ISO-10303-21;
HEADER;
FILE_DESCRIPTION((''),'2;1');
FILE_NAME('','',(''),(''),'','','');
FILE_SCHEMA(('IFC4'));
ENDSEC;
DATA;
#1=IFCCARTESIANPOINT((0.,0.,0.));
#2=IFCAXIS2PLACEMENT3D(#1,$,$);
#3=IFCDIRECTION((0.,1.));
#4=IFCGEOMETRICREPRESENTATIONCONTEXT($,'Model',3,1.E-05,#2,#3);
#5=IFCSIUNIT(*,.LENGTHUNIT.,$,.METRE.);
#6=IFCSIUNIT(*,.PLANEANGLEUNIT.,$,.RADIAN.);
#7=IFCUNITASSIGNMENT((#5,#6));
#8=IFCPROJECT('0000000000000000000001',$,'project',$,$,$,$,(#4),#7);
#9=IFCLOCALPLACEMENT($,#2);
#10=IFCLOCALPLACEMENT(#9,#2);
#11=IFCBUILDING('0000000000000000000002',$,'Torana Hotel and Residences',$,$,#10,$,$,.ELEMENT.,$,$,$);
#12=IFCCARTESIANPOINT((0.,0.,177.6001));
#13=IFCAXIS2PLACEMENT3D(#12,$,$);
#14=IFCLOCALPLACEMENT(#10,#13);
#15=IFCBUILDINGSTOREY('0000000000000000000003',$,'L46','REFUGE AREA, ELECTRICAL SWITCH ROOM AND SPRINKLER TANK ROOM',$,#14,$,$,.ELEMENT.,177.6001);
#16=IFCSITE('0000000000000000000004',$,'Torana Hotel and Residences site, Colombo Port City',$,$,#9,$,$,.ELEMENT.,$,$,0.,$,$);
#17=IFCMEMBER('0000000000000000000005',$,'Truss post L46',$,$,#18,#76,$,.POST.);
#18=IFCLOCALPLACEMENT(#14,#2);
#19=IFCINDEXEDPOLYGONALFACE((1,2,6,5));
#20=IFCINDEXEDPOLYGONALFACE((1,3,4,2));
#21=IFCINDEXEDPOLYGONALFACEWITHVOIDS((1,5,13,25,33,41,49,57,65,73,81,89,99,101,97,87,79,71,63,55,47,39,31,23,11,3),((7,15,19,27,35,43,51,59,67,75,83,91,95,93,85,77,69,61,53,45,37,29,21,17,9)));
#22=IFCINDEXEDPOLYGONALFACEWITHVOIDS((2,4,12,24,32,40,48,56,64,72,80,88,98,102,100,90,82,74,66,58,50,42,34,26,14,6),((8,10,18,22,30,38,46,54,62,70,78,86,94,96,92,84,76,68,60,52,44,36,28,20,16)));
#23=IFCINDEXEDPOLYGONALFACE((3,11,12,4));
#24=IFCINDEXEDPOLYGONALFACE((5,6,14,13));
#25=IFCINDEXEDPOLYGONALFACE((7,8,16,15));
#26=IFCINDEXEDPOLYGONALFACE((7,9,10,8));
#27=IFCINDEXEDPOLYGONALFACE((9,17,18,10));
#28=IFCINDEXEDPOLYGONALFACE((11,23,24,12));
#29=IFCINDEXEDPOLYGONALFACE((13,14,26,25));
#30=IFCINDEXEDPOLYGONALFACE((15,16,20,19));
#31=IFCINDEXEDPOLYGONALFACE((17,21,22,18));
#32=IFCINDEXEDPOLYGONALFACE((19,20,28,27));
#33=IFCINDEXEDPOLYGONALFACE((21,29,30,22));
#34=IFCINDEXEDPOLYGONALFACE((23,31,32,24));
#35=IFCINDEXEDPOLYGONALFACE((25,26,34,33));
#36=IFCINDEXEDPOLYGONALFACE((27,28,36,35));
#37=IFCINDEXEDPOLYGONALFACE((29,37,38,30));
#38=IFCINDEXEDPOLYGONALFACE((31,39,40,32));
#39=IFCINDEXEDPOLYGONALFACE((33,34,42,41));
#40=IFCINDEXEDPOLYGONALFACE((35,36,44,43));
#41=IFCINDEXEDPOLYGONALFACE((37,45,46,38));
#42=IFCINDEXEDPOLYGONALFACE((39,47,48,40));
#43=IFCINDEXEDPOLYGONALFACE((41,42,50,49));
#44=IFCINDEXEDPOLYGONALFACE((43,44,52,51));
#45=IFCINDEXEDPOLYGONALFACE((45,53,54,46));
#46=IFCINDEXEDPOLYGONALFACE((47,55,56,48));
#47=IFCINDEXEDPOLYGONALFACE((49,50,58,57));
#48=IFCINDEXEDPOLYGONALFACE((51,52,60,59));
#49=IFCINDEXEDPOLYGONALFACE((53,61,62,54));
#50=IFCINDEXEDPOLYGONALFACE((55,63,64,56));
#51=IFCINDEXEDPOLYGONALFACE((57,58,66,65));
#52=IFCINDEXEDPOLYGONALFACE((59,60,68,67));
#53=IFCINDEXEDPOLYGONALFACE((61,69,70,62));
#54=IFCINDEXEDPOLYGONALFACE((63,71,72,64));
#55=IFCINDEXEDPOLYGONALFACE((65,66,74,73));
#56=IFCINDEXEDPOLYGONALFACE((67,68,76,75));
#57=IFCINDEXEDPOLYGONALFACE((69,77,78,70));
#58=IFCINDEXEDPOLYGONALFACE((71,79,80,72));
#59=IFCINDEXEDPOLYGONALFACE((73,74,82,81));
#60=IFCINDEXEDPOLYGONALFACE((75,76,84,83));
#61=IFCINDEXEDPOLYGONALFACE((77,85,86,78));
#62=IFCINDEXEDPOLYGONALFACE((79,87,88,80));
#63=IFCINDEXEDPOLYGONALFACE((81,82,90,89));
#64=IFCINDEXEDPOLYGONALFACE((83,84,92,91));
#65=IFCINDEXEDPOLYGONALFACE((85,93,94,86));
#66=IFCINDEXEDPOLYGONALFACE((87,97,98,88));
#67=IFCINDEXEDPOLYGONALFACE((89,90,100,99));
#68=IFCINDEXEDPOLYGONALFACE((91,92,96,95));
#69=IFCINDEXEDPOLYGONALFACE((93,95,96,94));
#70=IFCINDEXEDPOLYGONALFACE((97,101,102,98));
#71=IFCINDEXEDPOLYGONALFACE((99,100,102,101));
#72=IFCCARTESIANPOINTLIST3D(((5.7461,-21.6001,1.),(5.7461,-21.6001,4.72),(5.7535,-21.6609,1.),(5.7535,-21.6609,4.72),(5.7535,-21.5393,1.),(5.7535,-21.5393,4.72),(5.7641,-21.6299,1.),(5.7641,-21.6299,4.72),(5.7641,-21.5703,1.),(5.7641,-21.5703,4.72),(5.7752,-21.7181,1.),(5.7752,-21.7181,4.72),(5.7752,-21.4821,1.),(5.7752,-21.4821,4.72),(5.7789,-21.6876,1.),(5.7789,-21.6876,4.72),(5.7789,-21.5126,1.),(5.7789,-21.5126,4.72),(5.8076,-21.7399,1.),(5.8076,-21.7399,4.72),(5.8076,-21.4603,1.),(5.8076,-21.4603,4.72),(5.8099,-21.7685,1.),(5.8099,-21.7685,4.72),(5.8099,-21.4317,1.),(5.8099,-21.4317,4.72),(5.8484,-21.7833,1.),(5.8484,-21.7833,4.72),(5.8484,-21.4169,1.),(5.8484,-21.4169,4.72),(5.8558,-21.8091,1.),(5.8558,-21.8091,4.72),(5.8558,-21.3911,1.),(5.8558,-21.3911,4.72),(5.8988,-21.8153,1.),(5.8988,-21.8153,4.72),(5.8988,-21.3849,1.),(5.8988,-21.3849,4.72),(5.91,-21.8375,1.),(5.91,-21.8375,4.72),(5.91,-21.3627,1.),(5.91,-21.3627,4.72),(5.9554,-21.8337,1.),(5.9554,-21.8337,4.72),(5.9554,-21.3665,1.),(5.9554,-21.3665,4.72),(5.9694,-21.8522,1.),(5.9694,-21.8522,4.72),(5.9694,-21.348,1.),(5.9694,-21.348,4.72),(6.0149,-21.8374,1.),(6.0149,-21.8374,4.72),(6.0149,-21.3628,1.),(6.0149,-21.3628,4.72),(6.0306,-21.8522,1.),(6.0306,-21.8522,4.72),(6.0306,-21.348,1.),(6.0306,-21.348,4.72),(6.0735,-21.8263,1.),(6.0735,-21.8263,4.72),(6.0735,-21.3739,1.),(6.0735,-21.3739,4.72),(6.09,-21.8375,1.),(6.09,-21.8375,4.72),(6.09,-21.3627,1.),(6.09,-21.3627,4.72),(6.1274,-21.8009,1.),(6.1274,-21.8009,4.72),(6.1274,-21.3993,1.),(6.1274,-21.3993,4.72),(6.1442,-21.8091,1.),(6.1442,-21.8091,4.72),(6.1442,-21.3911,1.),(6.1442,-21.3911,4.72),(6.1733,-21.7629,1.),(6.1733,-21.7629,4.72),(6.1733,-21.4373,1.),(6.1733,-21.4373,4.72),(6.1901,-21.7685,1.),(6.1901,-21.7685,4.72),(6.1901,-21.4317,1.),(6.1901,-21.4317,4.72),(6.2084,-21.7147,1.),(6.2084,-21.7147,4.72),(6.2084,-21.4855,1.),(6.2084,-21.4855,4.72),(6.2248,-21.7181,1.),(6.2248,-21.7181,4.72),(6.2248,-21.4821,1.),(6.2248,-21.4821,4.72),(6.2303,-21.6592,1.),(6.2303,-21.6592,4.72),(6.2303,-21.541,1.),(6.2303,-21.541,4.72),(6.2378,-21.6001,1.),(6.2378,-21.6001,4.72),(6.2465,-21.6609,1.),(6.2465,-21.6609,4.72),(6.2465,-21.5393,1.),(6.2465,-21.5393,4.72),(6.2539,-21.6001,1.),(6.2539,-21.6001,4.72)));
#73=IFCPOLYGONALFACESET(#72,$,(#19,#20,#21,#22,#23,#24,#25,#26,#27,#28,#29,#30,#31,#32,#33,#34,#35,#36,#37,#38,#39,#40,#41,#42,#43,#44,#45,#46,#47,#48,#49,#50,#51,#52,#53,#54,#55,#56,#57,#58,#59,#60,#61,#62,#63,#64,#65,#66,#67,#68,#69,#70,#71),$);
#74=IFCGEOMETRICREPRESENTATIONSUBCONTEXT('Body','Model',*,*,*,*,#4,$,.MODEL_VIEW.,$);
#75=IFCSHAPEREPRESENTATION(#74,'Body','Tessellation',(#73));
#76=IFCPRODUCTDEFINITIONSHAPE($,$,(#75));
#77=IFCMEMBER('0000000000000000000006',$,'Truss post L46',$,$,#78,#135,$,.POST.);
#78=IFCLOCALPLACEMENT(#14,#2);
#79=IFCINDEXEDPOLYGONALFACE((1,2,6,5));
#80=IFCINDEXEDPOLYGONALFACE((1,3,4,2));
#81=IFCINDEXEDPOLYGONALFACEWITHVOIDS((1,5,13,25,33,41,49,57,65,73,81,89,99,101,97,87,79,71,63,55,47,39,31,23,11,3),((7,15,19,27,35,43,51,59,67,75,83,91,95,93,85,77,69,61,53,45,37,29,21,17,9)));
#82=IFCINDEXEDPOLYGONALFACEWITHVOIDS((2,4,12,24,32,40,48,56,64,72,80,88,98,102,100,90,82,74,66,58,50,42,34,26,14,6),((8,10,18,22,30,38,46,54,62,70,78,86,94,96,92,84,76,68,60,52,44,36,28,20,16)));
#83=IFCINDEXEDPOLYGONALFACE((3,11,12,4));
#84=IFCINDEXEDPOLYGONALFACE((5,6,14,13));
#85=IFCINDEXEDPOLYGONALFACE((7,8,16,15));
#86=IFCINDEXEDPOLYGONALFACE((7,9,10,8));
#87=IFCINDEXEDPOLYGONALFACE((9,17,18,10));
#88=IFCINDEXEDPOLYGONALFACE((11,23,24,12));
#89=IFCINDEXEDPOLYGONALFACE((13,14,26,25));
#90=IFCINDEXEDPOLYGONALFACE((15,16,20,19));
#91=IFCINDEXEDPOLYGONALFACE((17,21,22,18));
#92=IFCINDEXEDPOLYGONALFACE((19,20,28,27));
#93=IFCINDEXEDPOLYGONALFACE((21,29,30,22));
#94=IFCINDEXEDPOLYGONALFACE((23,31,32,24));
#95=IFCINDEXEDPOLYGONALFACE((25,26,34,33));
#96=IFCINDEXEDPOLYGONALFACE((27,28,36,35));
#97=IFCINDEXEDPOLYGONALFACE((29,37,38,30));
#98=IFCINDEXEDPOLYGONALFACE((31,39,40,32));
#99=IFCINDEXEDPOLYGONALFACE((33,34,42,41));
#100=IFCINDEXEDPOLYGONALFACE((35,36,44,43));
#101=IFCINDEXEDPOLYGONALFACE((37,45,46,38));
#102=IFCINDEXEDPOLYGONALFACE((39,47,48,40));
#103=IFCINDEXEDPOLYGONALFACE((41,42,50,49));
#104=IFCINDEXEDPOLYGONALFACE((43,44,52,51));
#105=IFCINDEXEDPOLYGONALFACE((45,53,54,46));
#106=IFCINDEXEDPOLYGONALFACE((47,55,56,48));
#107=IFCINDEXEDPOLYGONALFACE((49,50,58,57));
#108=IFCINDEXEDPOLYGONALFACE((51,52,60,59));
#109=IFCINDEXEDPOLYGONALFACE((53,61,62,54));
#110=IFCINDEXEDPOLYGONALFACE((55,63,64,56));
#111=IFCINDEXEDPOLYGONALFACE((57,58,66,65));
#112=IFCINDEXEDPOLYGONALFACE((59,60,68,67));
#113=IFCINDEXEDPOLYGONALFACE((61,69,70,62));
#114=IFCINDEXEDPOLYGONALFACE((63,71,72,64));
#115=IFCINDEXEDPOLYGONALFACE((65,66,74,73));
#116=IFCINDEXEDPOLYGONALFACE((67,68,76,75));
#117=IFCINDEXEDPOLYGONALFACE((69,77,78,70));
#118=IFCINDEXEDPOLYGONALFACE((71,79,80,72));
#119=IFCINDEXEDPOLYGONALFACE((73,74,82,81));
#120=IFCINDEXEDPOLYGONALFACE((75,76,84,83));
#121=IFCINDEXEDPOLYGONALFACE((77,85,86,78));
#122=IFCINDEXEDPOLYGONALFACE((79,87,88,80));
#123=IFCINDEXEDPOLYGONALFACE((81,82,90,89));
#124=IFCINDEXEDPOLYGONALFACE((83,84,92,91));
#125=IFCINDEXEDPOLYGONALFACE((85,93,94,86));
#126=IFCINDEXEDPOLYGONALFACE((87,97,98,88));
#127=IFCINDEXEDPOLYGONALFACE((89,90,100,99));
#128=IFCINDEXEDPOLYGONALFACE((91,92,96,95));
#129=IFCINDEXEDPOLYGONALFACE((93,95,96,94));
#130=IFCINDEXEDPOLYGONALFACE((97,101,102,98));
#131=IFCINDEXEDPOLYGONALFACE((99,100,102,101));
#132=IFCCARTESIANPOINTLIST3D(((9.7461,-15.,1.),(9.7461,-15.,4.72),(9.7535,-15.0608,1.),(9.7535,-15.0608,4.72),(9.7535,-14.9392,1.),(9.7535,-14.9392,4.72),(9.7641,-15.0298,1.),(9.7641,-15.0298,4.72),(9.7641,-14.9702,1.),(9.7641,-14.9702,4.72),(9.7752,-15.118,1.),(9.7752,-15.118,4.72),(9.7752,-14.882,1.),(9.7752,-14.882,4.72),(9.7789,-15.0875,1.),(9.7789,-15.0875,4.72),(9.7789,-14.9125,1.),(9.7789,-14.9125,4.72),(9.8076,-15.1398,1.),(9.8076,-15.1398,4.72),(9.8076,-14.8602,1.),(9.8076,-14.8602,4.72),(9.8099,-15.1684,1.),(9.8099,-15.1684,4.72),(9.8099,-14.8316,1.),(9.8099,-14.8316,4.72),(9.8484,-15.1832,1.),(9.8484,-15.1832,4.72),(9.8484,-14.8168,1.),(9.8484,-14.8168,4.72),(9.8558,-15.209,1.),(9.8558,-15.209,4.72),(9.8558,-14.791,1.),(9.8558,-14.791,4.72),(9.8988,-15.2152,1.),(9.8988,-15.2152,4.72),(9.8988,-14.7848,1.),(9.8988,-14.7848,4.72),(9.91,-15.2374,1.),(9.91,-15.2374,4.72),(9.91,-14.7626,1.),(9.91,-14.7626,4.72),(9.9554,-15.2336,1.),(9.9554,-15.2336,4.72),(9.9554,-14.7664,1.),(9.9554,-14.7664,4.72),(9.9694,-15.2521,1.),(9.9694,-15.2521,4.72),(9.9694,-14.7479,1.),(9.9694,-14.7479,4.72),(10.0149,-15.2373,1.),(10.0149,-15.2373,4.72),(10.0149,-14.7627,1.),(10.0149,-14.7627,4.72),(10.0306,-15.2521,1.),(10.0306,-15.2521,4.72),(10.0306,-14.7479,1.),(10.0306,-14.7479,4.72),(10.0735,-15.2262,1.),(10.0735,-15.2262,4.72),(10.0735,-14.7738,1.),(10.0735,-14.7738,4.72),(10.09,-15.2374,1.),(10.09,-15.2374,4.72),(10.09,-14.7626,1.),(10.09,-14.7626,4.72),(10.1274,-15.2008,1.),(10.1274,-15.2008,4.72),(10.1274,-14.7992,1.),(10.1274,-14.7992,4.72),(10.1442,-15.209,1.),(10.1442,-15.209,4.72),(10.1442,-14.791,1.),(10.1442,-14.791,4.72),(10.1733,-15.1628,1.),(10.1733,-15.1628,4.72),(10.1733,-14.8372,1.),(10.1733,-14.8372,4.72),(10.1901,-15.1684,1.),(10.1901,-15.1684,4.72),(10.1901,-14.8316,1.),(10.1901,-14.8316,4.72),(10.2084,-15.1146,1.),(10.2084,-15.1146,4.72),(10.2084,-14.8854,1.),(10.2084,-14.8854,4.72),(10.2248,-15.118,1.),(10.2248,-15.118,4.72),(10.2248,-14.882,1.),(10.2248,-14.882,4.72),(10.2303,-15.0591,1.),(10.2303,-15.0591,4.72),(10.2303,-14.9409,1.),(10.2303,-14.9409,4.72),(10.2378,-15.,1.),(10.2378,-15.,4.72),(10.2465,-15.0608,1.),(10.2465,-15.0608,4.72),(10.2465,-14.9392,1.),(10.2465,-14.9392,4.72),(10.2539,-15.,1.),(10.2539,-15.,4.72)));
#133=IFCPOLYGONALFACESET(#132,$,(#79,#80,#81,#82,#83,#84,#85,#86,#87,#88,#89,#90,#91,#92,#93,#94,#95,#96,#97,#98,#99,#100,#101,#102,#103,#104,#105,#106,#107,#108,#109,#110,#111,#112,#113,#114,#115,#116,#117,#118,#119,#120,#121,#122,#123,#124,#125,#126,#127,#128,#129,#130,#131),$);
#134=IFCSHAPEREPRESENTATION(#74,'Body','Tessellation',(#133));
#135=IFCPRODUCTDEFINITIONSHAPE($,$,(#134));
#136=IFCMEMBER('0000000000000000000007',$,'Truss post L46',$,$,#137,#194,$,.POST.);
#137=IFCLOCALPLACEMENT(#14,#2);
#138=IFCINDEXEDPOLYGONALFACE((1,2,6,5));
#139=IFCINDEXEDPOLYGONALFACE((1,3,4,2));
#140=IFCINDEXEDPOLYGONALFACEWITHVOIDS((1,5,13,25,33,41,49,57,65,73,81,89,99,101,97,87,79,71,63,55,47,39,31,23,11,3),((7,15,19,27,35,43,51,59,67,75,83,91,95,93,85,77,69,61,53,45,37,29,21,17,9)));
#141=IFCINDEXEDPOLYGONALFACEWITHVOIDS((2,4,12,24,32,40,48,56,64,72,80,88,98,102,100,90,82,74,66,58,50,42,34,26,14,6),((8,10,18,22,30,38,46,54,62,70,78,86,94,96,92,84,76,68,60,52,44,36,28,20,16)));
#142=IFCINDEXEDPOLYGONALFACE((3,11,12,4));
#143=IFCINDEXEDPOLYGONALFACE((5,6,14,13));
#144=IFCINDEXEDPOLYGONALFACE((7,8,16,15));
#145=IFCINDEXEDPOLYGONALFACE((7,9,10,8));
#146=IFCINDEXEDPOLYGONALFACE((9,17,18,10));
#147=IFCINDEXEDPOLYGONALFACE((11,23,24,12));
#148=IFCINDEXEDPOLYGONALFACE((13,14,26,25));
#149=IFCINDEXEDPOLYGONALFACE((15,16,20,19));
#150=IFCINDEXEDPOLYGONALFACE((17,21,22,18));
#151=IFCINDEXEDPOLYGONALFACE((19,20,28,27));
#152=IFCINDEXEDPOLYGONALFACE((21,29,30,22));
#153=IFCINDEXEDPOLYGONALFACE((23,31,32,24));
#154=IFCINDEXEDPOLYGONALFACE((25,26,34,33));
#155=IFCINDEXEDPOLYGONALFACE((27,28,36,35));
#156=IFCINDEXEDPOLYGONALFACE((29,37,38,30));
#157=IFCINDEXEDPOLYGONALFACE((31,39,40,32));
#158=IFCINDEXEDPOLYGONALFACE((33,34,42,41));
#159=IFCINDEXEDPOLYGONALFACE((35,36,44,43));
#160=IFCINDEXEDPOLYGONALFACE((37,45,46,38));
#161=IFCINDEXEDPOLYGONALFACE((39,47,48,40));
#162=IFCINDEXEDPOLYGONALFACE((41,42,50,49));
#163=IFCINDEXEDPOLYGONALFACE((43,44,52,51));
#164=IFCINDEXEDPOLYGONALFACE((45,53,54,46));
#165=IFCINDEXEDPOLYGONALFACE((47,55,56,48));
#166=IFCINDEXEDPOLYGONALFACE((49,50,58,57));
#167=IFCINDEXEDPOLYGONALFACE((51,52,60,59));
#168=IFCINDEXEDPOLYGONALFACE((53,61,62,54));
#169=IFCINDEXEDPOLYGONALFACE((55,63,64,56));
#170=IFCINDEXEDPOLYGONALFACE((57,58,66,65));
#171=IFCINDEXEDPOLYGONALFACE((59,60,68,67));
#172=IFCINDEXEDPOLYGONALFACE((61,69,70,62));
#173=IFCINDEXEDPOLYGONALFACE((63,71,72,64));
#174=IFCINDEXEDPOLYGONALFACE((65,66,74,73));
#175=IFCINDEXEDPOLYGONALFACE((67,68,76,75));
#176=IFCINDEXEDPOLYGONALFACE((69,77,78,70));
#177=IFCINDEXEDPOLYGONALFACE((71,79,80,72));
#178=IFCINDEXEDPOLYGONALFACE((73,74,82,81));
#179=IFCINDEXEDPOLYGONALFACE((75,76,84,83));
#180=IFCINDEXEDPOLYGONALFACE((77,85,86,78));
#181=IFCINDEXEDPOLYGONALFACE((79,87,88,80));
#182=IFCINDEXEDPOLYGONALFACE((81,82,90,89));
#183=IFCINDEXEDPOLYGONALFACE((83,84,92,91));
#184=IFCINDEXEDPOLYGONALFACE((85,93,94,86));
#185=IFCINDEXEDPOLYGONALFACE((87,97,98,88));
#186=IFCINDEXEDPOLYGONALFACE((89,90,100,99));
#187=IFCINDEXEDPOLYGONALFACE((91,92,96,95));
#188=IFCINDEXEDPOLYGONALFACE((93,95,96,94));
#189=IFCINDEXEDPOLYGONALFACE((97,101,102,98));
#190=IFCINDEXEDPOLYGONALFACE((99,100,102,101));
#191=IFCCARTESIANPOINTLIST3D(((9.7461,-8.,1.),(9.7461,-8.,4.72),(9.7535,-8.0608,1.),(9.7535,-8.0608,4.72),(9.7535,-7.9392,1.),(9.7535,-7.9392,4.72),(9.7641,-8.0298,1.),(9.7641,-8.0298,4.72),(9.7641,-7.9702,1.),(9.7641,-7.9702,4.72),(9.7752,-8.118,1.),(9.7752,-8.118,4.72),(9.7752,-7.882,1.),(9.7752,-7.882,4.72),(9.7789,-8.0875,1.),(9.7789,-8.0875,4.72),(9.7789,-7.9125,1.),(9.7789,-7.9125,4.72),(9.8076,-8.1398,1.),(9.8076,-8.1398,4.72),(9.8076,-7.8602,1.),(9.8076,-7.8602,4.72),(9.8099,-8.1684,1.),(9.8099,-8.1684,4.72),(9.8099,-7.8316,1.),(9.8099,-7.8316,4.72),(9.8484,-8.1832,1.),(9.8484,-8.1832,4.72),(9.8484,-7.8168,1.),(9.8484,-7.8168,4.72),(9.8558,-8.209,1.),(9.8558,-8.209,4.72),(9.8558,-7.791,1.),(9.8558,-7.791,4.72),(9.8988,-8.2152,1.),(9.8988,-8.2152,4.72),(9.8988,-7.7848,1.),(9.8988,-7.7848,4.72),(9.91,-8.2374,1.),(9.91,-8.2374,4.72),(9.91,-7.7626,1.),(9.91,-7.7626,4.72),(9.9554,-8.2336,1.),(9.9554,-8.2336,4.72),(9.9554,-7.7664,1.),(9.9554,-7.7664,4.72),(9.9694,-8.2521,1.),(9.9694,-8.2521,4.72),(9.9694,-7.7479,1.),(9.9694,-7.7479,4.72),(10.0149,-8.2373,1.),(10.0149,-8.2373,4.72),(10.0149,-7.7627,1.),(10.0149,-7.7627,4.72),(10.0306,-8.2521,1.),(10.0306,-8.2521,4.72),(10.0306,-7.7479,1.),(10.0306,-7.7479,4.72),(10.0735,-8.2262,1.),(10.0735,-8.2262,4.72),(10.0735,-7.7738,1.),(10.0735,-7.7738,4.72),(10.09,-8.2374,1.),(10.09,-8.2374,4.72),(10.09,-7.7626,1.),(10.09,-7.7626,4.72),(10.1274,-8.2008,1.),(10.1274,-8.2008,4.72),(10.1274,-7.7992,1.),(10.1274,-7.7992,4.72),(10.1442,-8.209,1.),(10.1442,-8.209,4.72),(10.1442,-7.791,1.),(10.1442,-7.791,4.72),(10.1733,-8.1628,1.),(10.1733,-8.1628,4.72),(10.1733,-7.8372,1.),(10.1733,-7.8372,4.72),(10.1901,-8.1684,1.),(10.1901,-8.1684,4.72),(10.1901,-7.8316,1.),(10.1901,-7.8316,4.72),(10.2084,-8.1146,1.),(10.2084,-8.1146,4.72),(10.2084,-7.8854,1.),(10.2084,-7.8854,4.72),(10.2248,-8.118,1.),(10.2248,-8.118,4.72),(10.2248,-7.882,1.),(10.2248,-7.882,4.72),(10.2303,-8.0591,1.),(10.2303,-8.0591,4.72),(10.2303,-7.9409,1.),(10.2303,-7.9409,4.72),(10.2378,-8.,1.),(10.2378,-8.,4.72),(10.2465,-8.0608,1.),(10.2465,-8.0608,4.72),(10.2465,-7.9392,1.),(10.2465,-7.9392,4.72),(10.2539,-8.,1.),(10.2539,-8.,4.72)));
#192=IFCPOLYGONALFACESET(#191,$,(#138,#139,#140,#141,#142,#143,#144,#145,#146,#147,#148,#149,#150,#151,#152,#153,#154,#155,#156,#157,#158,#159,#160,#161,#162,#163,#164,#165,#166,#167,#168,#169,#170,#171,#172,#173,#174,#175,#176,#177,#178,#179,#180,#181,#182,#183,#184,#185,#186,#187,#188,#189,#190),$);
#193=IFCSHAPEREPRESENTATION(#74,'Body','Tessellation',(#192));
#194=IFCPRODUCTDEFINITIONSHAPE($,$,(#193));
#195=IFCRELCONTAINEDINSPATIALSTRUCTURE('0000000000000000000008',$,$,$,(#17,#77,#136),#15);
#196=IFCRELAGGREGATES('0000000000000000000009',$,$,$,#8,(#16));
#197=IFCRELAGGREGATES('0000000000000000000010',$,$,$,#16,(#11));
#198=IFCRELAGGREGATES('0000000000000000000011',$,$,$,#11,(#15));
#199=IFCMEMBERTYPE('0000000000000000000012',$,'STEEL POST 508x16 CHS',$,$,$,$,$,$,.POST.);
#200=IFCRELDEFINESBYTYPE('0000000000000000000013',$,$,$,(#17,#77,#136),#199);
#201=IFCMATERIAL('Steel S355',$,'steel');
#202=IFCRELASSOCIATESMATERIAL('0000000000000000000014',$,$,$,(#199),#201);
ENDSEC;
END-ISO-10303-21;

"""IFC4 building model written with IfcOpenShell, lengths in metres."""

from ifc_helpers import new_model, si_unit, direction, frame, origin, origin_2d, place, context, subcontext, project, spatial, hollow_circle, extrude, material, material_profile, profile_set, type_object, element, save


model = new_model("IFC4")

# Units and contexts
model_context = context("Model", 3, precision=1e-05, world=origin(), true_north=direction((0.0, 1.0)))
body_context = subcontext(model_context, "Body", "Model", "MODEL_VIEW")
ifc_project = project(units=[si_unit("LENGTHUNIT", "METRE"), si_unit("PLANEANGLEUNIT", "RADIAN")], contexts=[model_context])

# Site, building, storey
site_placement = place(None, origin())
site = spatial("IfcSite", under=ifc_project, at=site_placement, Name="Torana Hotel and Residences site, Colombo Port City", CompositionType="ELEMENT", RefElevation=0.0)
building_placement = place(site_placement, origin())
building = spatial("IfcBuilding", under=site, at=building_placement, Name="Torana Hotel and Residences", CompositionType="ELEMENT")
storey_placement = place(building_placement, frame((0.0, 0.0, 177.6001)))
storey = spatial("IfcBuildingStorey", under=building, at=storey_placement, Name="L46", Description="REFUGE AREA, ELECTRICAL SWITCH ROOM AND SPRINKLER TANK ROOM", CompositionType="ELEMENT", Elevation=177.6001)

# Members
ifc_material_1 = material(Name="Steel S355", Category="steel")
ifc_material_profile_1 = material_profile(ifc_material_1, hollow_circle(Radius=0.2539, WallThickness=0.0161, at=origin_2d()), Name="508x16 CHS")
ifc_profile_set_1 = profile_set([ifc_material_profile_1], Name="Steel S355")
member_type_1 = type_object("IfcMemberType", Name="STEEL POST 508x16 CHS", PredefinedType="POST", material=ifc_profile_set_1)
for number, where, z_axis, x_axis, name in (
    (1, (6.0, -21.6001, 1.0), (0.0, 0.0, 1.0), (1.0, 0.0, 0.0), "Truss post L46"),
    (2, (10.0, -15.0, 1.0), (0.0, 0.0, 1.0), (1.0, 0.0, 0.0), "Truss post L46"),
    (3, (10.0, -8.0, 1.0), (0.0, 0.0, 1.0), (1.0, 0.0, 0.0), "Truss post L46"),
):
    element("IfcMember", number, at=place(storey_placement, frame(where, z_axis=z_axis, x_axis=x_axis)), inside=storey, type_object=member_type_1, Name=name, PredefinedType="POST", context=body_context, shape_type="SweptSolid", body=[
        extrude(hollow_circle(Radius=0.2539, WallThickness=0.0161, at=origin_2d()), origin(), (0.0, 0.0, 1.0), 3.72),
    ])

save(model, "model.ifc")
